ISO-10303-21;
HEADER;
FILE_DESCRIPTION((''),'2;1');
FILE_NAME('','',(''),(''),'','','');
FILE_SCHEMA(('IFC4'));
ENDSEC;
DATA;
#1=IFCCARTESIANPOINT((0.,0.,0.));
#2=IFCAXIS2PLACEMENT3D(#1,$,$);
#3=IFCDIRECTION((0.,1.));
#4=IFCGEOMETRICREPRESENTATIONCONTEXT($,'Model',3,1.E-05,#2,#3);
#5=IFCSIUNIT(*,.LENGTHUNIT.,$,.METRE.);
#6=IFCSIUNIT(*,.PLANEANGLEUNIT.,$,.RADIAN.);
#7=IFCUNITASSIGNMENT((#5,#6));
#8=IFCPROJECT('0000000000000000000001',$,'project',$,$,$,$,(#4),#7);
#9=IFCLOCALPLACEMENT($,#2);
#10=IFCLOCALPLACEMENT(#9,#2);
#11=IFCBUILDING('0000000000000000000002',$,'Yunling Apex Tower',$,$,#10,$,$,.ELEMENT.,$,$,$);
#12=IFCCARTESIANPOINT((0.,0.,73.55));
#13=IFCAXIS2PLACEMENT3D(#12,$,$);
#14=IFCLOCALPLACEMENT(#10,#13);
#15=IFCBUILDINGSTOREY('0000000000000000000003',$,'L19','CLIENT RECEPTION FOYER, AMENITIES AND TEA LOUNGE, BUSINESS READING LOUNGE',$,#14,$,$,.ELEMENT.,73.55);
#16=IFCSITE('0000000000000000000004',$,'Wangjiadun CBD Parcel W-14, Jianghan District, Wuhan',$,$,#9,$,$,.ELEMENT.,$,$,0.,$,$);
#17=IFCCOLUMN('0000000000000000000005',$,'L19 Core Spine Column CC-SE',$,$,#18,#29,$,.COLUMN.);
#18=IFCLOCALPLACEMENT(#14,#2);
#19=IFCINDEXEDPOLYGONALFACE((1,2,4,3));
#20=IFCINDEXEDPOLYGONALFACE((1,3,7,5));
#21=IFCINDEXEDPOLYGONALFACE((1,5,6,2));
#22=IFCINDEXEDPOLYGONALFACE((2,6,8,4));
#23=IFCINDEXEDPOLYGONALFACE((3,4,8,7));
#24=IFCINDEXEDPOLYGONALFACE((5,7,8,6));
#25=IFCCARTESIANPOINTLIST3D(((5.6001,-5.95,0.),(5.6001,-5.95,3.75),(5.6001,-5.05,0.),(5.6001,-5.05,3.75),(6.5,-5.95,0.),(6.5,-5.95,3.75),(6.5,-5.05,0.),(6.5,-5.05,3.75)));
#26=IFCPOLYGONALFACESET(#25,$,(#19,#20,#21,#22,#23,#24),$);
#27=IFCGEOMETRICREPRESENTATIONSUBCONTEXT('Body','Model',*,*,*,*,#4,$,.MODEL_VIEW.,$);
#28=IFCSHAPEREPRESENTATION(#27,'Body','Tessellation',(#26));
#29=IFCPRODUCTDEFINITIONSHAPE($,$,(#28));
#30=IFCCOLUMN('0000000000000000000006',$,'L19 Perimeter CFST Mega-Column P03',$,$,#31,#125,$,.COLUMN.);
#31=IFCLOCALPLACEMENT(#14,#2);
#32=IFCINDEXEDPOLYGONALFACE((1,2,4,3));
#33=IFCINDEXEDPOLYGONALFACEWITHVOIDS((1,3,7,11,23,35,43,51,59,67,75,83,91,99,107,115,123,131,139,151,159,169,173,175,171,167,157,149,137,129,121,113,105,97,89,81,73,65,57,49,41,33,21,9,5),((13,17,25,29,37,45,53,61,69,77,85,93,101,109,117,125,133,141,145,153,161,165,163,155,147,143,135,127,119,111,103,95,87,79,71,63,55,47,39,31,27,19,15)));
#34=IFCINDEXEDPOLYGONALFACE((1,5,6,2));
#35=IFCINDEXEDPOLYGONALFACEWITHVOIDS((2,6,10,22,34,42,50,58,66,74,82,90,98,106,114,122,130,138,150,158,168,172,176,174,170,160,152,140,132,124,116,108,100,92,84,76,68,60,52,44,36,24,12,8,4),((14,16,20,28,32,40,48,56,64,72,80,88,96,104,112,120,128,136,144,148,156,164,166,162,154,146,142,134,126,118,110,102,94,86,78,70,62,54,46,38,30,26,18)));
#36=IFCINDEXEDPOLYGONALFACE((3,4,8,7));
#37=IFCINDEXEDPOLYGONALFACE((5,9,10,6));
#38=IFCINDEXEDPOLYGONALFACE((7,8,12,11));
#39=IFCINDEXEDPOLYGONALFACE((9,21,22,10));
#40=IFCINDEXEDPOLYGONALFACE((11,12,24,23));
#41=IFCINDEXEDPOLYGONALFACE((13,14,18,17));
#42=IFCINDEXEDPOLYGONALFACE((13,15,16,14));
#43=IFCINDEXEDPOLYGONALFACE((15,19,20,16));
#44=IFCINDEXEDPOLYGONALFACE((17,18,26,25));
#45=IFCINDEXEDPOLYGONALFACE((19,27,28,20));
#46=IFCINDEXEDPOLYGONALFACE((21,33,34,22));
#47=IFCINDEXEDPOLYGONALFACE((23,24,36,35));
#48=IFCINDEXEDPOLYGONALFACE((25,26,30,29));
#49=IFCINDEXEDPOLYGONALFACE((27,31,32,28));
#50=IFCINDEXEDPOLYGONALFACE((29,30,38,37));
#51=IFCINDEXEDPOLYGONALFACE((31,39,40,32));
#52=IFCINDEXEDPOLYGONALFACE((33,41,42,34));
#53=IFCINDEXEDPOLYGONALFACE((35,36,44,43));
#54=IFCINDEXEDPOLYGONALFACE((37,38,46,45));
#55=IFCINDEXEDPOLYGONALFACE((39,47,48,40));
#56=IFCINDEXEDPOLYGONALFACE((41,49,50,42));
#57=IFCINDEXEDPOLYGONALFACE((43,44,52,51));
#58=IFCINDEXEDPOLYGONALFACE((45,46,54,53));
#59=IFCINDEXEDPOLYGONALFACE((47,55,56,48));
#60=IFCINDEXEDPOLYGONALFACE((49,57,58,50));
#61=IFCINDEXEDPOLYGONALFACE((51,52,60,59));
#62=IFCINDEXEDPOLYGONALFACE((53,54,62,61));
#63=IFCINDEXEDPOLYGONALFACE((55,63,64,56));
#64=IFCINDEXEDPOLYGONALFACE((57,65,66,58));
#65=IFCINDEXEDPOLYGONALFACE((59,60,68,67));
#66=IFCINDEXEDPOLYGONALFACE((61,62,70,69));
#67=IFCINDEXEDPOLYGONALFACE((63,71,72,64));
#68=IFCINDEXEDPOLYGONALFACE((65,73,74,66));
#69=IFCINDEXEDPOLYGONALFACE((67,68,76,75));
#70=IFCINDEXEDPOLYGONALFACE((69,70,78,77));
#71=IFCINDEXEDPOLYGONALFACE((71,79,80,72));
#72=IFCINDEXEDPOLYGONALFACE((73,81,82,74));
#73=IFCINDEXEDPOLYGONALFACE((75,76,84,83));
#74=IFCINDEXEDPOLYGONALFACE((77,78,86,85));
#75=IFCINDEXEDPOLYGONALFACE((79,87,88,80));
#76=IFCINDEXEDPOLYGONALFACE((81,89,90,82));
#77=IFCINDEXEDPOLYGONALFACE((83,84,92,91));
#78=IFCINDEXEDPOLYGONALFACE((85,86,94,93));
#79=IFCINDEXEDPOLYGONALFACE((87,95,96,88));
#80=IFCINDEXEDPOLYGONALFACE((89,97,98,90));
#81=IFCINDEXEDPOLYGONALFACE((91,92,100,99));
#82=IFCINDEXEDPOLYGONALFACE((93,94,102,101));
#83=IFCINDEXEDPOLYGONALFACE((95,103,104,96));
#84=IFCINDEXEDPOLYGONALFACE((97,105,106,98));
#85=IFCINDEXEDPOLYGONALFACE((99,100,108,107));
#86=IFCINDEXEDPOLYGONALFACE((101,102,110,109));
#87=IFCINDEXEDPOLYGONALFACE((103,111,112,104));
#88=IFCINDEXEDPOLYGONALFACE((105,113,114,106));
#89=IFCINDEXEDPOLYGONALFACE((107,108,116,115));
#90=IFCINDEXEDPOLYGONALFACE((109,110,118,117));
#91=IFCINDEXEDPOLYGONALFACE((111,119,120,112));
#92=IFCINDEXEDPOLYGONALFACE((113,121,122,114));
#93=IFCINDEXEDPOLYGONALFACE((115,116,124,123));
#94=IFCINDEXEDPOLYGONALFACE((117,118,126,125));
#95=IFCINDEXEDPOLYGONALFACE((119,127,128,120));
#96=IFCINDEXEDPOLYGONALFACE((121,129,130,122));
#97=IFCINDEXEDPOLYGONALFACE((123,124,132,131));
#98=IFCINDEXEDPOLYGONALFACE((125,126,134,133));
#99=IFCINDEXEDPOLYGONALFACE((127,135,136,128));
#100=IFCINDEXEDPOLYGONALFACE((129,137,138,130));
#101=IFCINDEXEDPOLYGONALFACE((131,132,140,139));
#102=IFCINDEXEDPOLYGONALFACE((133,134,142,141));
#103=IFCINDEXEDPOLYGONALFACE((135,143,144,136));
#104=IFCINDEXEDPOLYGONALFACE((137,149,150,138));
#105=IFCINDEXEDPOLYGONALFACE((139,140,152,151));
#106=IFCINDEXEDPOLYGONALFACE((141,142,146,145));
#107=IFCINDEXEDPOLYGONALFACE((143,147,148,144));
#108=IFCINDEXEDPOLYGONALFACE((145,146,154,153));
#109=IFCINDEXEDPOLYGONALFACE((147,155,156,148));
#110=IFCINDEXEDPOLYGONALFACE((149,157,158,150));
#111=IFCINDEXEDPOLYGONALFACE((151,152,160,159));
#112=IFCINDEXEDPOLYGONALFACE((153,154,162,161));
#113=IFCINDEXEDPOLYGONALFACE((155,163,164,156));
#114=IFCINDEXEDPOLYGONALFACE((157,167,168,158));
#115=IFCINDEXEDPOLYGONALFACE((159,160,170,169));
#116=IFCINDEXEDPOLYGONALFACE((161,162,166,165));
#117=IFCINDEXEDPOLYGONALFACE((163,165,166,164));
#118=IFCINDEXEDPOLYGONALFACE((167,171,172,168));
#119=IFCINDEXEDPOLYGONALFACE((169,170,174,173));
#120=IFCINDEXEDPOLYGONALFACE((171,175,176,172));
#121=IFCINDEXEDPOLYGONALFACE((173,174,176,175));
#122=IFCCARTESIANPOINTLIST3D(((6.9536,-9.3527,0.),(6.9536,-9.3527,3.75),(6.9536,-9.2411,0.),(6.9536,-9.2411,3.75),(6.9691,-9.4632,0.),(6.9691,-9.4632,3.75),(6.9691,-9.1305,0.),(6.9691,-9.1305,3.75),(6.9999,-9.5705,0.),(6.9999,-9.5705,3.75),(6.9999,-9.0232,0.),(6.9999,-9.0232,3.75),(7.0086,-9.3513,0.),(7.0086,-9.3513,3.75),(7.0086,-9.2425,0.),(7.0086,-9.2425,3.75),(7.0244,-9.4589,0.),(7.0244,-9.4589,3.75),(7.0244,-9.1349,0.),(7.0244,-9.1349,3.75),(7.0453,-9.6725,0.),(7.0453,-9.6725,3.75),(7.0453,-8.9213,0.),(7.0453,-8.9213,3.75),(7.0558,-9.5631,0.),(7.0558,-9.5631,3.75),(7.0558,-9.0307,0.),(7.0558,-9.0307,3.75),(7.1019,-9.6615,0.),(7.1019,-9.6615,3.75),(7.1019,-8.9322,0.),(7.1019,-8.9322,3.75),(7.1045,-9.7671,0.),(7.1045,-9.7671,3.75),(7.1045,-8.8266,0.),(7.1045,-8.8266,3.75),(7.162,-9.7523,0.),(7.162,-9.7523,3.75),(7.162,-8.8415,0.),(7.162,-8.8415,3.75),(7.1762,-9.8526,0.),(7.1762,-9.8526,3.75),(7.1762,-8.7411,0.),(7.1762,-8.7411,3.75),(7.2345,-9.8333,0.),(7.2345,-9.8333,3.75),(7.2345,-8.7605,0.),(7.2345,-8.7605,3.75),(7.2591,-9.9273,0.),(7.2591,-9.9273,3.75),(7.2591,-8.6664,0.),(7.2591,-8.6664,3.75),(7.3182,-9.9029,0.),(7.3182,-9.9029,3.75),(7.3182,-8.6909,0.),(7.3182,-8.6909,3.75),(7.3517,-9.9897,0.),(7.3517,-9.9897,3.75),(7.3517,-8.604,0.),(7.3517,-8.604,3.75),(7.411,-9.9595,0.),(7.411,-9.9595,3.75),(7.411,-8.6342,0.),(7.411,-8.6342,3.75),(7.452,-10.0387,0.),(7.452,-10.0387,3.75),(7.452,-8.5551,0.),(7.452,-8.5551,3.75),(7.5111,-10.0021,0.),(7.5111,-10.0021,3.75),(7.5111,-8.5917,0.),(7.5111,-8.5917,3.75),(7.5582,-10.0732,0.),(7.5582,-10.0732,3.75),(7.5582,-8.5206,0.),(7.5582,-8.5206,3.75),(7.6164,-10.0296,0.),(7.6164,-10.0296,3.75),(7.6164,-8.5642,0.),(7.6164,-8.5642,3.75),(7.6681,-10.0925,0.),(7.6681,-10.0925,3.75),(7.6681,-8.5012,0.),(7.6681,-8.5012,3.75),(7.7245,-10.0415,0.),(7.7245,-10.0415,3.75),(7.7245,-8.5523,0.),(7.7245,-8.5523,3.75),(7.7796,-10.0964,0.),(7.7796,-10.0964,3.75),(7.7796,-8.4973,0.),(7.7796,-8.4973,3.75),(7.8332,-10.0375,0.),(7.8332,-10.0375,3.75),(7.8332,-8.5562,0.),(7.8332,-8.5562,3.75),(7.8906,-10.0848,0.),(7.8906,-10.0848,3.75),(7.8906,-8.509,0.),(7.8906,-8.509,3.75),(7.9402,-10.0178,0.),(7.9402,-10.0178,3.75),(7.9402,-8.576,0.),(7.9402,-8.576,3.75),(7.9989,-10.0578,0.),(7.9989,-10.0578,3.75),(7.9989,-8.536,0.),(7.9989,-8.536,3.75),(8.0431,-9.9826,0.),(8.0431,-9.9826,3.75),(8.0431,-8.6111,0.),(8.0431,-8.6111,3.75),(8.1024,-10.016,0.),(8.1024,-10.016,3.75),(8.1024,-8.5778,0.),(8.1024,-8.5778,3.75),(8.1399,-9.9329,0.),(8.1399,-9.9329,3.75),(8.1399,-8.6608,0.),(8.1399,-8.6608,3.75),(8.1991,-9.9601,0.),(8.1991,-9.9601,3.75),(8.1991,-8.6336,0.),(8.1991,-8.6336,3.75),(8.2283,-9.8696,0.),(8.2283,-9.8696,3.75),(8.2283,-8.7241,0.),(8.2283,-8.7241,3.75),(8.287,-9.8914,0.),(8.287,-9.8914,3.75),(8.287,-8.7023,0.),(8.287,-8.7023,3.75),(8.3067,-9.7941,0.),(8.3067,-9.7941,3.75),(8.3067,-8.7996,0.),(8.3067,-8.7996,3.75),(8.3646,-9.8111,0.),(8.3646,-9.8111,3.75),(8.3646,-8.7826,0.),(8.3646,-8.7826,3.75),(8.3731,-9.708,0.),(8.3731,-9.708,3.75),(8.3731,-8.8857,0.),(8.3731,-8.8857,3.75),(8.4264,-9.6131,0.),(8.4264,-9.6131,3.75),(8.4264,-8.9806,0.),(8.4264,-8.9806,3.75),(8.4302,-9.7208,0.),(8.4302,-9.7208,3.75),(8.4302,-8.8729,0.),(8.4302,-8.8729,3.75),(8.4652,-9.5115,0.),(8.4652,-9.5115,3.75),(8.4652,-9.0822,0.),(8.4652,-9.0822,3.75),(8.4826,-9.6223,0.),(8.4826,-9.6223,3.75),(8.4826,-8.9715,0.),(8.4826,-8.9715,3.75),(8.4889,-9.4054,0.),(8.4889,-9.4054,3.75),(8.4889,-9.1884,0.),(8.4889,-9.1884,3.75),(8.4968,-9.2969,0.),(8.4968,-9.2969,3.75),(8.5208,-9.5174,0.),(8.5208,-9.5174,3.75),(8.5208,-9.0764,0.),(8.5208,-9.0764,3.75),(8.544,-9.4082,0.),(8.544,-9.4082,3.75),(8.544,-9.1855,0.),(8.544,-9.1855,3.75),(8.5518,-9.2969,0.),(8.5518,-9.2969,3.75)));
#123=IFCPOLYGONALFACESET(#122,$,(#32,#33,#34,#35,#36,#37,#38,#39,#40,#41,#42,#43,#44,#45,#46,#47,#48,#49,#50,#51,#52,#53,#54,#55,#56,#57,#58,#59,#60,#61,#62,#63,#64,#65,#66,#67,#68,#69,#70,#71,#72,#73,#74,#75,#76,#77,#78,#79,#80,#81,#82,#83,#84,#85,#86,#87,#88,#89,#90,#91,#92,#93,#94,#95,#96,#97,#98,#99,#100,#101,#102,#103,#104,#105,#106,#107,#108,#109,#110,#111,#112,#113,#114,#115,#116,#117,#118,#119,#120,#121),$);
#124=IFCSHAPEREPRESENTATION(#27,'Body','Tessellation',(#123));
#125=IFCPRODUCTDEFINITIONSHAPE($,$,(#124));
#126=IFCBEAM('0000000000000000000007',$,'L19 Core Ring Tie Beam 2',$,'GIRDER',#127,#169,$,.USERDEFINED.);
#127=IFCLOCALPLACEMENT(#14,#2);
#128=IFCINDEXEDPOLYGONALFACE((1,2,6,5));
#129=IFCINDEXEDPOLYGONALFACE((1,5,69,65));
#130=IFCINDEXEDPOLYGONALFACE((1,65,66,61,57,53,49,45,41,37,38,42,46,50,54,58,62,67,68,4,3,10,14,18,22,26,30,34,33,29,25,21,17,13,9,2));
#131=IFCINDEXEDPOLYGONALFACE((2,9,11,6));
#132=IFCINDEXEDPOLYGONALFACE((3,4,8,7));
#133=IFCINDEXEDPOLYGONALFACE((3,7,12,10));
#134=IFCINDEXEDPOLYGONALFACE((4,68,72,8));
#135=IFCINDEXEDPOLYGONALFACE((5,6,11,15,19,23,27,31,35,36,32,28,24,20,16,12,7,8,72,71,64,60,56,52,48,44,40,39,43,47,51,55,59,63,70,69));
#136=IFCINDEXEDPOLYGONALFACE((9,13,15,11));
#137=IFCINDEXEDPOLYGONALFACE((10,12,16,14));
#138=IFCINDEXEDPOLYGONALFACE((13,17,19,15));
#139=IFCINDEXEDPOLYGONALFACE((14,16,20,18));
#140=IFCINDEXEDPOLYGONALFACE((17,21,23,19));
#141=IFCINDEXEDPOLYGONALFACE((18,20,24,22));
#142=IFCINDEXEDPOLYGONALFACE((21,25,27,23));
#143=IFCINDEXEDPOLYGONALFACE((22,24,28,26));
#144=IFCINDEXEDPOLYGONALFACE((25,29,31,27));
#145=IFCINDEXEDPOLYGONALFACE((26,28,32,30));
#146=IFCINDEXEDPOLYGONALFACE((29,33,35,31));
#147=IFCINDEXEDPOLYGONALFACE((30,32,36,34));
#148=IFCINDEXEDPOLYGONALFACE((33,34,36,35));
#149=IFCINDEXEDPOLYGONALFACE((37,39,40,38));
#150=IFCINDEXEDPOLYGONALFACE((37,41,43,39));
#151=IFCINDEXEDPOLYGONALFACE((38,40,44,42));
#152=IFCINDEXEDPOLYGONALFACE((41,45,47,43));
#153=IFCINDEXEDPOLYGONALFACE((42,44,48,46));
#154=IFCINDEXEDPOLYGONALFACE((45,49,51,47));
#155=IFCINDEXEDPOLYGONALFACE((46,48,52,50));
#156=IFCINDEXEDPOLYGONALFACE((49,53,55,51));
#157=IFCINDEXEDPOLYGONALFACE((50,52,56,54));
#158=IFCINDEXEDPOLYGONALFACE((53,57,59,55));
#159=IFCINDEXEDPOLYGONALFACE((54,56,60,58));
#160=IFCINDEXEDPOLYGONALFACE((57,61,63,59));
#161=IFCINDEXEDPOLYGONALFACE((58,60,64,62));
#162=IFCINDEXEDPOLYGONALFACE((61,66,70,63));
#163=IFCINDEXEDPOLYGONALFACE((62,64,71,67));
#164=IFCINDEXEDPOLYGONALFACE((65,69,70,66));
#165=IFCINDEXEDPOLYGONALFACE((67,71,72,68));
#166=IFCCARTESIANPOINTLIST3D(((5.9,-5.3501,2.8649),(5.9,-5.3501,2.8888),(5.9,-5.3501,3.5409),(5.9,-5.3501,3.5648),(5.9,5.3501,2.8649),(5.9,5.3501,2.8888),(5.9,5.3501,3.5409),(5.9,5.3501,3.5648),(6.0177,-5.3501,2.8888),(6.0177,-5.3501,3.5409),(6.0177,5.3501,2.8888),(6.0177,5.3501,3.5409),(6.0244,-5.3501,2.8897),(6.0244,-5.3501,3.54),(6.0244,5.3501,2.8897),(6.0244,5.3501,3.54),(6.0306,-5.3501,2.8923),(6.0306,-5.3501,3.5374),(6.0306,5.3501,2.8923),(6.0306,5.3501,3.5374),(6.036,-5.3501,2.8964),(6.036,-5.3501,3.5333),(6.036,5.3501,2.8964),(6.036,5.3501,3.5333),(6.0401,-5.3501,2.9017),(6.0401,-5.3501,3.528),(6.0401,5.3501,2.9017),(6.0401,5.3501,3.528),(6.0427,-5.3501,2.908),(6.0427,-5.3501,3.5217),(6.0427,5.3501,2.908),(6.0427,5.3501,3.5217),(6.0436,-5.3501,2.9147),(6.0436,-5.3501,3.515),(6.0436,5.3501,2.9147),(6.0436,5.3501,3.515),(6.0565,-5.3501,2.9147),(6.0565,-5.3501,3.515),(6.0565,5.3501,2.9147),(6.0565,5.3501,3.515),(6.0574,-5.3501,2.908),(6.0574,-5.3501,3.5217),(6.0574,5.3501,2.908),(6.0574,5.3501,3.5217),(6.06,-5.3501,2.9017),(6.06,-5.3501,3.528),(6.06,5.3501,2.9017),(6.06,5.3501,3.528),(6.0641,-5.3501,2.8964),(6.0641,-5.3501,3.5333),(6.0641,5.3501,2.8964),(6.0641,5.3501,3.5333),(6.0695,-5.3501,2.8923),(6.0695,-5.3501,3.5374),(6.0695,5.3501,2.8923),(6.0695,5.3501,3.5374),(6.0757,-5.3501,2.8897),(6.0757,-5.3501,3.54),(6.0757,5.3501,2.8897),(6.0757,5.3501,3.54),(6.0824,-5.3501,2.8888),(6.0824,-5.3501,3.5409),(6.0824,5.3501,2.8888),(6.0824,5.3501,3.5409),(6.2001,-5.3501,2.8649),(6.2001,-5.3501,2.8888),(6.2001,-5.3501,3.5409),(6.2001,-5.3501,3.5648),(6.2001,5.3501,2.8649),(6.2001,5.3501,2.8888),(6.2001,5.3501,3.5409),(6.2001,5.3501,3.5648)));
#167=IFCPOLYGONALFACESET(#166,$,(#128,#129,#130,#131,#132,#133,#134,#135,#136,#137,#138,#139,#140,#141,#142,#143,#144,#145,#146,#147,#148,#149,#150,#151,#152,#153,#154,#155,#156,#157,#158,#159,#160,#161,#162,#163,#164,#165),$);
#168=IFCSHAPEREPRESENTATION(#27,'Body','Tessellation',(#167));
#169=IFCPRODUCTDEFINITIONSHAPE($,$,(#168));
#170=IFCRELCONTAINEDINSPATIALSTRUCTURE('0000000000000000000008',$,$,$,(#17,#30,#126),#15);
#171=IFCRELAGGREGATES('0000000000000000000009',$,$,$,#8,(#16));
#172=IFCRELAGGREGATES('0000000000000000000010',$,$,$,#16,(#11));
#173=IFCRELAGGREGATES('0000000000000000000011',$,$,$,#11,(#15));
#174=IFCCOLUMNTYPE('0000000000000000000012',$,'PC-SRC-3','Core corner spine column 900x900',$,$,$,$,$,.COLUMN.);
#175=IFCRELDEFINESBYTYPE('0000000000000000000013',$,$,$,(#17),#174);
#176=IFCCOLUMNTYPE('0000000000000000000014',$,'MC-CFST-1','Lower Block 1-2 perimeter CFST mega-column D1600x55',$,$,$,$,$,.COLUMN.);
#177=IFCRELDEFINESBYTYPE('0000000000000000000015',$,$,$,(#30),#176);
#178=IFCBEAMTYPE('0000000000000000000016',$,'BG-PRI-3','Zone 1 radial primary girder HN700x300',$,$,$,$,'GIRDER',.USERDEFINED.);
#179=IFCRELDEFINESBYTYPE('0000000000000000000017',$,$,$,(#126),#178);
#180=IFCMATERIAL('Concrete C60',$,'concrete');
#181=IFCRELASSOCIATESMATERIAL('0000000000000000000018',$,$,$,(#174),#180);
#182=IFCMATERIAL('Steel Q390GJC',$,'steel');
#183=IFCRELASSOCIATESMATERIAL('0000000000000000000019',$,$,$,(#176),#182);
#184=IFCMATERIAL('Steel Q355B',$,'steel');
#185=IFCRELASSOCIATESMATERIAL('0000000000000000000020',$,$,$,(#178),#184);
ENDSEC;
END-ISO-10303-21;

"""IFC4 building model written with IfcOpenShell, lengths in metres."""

from ifc_helpers import new_model, si_unit, direction, frame, origin, origin_2d, place, context, subcontext, project, spatial, rectangle, hollow_circle, i_section, extrude, source, transform, mapped, material, material_profile, profile_set, type_object, element, save


model = new_model("IFC4")

# Units and contexts
model_context = context("Model", 3, precision=1e-05, world=origin(), true_north=direction((0.0, 1.0)))
body_context = subcontext(model_context, "Body", "Model", "MODEL_VIEW")
ifc_project = project(units=[si_unit("LENGTHUNIT", "METRE"), si_unit("PLANEANGLEUNIT", "RADIAN")], contexts=[model_context])

# Site, building, storey
site_placement = place(None, origin())
site = spatial("IfcSite", under=ifc_project, at=site_placement, Name="Wangjiadun CBD Parcel W-14, Jianghan District, Wuhan", CompositionType="ELEMENT", RefElevation=0.0)
building_placement = place(site_placement, origin())
building = spatial("IfcBuilding", under=site, at=building_placement, Name="Yunling Apex Tower", CompositionType="ELEMENT")
storey_placement = place(building_placement, frame((0.0, 0.0, 73.55)))
storey = spatial("IfcBuildingStorey", under=building, at=storey_placement, Name="L19", Description="CLIENT RECEPTION FOYER, AMENITIES AND TEA LOUNGE, BUSINESS READING LOUNGE", CompositionType="ELEMENT", Elevation=73.55)

# Columns
ifc_material_1 = material(Name="Concrete C60", Category="concrete")
ifc_material_profile_1 = material_profile(ifc_material_1, rectangle(XDim=0.8999, YDim=0.8999, at=origin_2d()))
ifc_profile_set_1 = profile_set([ifc_material_profile_1], Name="Concrete C60")
column_type_1 = type_object("IfcColumnType", Name="PC-SRC-3", Description="Core corner spine column 900x900", PredefinedType="COLUMN", material=ifc_profile_set_1)
shared_shape_1 = source(origin(), body_context, "Body", "SweptSolid", [
    extrude(rectangle(XDim=0.8999, YDim=0.8999, at=origin_2d()), origin(), (0.0, 0.0, 1.0), 3.75),
])
column_1_placement = place(storey_placement, frame((6.05, -5.5, 0.0), z_axis=(0.0, 0.0, 1.0), x_axis=(1.0, 0.0, 0.0)))
element("IfcColumn", 1, at=column_1_placement, inside=storey, type_object=column_type_1, Name="L19 Core Spine Column CC-SE", PredefinedType="COLUMN", context=body_context, shape_type="MappedRepresentation", body=[
    mapped(shared_shape_1, transform((0.0, 0.0, 0.0), scale=1.0)),
])
ifc_material_2 = material(Name="Steel Q390GJC", Category="steel")
ifc_material_profile_2 = material_profile(ifc_material_2, hollow_circle(Radius=0.8, WallThickness=0.0549, at=origin_2d()))
ifc_profile_set_2 = profile_set([ifc_material_profile_2], Name="Steel Q390GJC")
column_type_2 = type_object("IfcColumnType", Name="MC-CFST-1", Description="Lower Block 1-2 perimeter CFST mega-column D1600x55", PredefinedType="COLUMN", material=ifc_profile_set_2)
shared_shape_2 = source(origin(), body_context, "Body", "SweptSolid", [
    extrude(hollow_circle(Radius=0.8, WallThickness=0.0549, at=origin_2d()), origin(), (0.0, 0.0, 1.0), 3.75),
])
column_2_placement = place(storey_placement, frame((7.7517, -9.2969, 0.0), z_axis=(0.0, 0.0, 1.0), x_axis=(1.0, 0.0, 0.0)))
element("IfcColumn", 2, at=column_2_placement, inside=storey, type_object=column_type_2, Name="L19 Perimeter CFST Mega-Column P03", PredefinedType="COLUMN", context=body_context, shape_type="MappedRepresentation", body=[
    mapped(shared_shape_2, transform((0.0, 0.0, 0.0), scale=1.0)),
])

# Beam
ifc_material_3 = material(Name="Steel Q355B", Category="steel")
ifc_material_profile_3 = material_profile(ifc_material_3, i_section(OverallWidth=0.3, OverallDepth=0.7, WebThickness=0.0129, FlangeThickness=0.0239, FilletRadius=0.0259, at=origin_2d()))
ifc_profile_set_3 = profile_set([ifc_material_profile_3], Name="Steel Q355B")
beam_type = type_object("IfcBeamType", Name="BG-PRI-3", Description="Zone 1 radial primary girder HN700x300", ElementType="GIRDER", PredefinedType="USERDEFINED", material=ifc_profile_set_3)
shared_shape_3 = source(origin(), body_context, "Body", "SweptSolid", [
    extrude(i_section(OverallWidth=0.3, OverallDepth=0.7, WebThickness=0.0129, FlangeThickness=0.0239, FilletRadius=0.0259, at=origin_2d()), origin(), (0.0, 0.0, 1.0), 10.7002),
])
beam_1_placement = place(storey_placement, frame((6.05, -5.3501, 3.2148), z_axis=(0.0, 1.0, 0.0), x_axis=(-1.0, 0.0, 0.0)))
element("IfcBeam", 3, at=beam_1_placement, inside=storey, type_object=beam_type, Name="L19 Core Ring Tie Beam 2", ObjectType="GIRDER", PredefinedType="USERDEFINED", context=body_context, shape_type="MappedRepresentation", body=[
    mapped(shared_shape_3, transform((0.0, 0.0, 0.0), scale=1.0)),
])

save(model, "model.ifc")
